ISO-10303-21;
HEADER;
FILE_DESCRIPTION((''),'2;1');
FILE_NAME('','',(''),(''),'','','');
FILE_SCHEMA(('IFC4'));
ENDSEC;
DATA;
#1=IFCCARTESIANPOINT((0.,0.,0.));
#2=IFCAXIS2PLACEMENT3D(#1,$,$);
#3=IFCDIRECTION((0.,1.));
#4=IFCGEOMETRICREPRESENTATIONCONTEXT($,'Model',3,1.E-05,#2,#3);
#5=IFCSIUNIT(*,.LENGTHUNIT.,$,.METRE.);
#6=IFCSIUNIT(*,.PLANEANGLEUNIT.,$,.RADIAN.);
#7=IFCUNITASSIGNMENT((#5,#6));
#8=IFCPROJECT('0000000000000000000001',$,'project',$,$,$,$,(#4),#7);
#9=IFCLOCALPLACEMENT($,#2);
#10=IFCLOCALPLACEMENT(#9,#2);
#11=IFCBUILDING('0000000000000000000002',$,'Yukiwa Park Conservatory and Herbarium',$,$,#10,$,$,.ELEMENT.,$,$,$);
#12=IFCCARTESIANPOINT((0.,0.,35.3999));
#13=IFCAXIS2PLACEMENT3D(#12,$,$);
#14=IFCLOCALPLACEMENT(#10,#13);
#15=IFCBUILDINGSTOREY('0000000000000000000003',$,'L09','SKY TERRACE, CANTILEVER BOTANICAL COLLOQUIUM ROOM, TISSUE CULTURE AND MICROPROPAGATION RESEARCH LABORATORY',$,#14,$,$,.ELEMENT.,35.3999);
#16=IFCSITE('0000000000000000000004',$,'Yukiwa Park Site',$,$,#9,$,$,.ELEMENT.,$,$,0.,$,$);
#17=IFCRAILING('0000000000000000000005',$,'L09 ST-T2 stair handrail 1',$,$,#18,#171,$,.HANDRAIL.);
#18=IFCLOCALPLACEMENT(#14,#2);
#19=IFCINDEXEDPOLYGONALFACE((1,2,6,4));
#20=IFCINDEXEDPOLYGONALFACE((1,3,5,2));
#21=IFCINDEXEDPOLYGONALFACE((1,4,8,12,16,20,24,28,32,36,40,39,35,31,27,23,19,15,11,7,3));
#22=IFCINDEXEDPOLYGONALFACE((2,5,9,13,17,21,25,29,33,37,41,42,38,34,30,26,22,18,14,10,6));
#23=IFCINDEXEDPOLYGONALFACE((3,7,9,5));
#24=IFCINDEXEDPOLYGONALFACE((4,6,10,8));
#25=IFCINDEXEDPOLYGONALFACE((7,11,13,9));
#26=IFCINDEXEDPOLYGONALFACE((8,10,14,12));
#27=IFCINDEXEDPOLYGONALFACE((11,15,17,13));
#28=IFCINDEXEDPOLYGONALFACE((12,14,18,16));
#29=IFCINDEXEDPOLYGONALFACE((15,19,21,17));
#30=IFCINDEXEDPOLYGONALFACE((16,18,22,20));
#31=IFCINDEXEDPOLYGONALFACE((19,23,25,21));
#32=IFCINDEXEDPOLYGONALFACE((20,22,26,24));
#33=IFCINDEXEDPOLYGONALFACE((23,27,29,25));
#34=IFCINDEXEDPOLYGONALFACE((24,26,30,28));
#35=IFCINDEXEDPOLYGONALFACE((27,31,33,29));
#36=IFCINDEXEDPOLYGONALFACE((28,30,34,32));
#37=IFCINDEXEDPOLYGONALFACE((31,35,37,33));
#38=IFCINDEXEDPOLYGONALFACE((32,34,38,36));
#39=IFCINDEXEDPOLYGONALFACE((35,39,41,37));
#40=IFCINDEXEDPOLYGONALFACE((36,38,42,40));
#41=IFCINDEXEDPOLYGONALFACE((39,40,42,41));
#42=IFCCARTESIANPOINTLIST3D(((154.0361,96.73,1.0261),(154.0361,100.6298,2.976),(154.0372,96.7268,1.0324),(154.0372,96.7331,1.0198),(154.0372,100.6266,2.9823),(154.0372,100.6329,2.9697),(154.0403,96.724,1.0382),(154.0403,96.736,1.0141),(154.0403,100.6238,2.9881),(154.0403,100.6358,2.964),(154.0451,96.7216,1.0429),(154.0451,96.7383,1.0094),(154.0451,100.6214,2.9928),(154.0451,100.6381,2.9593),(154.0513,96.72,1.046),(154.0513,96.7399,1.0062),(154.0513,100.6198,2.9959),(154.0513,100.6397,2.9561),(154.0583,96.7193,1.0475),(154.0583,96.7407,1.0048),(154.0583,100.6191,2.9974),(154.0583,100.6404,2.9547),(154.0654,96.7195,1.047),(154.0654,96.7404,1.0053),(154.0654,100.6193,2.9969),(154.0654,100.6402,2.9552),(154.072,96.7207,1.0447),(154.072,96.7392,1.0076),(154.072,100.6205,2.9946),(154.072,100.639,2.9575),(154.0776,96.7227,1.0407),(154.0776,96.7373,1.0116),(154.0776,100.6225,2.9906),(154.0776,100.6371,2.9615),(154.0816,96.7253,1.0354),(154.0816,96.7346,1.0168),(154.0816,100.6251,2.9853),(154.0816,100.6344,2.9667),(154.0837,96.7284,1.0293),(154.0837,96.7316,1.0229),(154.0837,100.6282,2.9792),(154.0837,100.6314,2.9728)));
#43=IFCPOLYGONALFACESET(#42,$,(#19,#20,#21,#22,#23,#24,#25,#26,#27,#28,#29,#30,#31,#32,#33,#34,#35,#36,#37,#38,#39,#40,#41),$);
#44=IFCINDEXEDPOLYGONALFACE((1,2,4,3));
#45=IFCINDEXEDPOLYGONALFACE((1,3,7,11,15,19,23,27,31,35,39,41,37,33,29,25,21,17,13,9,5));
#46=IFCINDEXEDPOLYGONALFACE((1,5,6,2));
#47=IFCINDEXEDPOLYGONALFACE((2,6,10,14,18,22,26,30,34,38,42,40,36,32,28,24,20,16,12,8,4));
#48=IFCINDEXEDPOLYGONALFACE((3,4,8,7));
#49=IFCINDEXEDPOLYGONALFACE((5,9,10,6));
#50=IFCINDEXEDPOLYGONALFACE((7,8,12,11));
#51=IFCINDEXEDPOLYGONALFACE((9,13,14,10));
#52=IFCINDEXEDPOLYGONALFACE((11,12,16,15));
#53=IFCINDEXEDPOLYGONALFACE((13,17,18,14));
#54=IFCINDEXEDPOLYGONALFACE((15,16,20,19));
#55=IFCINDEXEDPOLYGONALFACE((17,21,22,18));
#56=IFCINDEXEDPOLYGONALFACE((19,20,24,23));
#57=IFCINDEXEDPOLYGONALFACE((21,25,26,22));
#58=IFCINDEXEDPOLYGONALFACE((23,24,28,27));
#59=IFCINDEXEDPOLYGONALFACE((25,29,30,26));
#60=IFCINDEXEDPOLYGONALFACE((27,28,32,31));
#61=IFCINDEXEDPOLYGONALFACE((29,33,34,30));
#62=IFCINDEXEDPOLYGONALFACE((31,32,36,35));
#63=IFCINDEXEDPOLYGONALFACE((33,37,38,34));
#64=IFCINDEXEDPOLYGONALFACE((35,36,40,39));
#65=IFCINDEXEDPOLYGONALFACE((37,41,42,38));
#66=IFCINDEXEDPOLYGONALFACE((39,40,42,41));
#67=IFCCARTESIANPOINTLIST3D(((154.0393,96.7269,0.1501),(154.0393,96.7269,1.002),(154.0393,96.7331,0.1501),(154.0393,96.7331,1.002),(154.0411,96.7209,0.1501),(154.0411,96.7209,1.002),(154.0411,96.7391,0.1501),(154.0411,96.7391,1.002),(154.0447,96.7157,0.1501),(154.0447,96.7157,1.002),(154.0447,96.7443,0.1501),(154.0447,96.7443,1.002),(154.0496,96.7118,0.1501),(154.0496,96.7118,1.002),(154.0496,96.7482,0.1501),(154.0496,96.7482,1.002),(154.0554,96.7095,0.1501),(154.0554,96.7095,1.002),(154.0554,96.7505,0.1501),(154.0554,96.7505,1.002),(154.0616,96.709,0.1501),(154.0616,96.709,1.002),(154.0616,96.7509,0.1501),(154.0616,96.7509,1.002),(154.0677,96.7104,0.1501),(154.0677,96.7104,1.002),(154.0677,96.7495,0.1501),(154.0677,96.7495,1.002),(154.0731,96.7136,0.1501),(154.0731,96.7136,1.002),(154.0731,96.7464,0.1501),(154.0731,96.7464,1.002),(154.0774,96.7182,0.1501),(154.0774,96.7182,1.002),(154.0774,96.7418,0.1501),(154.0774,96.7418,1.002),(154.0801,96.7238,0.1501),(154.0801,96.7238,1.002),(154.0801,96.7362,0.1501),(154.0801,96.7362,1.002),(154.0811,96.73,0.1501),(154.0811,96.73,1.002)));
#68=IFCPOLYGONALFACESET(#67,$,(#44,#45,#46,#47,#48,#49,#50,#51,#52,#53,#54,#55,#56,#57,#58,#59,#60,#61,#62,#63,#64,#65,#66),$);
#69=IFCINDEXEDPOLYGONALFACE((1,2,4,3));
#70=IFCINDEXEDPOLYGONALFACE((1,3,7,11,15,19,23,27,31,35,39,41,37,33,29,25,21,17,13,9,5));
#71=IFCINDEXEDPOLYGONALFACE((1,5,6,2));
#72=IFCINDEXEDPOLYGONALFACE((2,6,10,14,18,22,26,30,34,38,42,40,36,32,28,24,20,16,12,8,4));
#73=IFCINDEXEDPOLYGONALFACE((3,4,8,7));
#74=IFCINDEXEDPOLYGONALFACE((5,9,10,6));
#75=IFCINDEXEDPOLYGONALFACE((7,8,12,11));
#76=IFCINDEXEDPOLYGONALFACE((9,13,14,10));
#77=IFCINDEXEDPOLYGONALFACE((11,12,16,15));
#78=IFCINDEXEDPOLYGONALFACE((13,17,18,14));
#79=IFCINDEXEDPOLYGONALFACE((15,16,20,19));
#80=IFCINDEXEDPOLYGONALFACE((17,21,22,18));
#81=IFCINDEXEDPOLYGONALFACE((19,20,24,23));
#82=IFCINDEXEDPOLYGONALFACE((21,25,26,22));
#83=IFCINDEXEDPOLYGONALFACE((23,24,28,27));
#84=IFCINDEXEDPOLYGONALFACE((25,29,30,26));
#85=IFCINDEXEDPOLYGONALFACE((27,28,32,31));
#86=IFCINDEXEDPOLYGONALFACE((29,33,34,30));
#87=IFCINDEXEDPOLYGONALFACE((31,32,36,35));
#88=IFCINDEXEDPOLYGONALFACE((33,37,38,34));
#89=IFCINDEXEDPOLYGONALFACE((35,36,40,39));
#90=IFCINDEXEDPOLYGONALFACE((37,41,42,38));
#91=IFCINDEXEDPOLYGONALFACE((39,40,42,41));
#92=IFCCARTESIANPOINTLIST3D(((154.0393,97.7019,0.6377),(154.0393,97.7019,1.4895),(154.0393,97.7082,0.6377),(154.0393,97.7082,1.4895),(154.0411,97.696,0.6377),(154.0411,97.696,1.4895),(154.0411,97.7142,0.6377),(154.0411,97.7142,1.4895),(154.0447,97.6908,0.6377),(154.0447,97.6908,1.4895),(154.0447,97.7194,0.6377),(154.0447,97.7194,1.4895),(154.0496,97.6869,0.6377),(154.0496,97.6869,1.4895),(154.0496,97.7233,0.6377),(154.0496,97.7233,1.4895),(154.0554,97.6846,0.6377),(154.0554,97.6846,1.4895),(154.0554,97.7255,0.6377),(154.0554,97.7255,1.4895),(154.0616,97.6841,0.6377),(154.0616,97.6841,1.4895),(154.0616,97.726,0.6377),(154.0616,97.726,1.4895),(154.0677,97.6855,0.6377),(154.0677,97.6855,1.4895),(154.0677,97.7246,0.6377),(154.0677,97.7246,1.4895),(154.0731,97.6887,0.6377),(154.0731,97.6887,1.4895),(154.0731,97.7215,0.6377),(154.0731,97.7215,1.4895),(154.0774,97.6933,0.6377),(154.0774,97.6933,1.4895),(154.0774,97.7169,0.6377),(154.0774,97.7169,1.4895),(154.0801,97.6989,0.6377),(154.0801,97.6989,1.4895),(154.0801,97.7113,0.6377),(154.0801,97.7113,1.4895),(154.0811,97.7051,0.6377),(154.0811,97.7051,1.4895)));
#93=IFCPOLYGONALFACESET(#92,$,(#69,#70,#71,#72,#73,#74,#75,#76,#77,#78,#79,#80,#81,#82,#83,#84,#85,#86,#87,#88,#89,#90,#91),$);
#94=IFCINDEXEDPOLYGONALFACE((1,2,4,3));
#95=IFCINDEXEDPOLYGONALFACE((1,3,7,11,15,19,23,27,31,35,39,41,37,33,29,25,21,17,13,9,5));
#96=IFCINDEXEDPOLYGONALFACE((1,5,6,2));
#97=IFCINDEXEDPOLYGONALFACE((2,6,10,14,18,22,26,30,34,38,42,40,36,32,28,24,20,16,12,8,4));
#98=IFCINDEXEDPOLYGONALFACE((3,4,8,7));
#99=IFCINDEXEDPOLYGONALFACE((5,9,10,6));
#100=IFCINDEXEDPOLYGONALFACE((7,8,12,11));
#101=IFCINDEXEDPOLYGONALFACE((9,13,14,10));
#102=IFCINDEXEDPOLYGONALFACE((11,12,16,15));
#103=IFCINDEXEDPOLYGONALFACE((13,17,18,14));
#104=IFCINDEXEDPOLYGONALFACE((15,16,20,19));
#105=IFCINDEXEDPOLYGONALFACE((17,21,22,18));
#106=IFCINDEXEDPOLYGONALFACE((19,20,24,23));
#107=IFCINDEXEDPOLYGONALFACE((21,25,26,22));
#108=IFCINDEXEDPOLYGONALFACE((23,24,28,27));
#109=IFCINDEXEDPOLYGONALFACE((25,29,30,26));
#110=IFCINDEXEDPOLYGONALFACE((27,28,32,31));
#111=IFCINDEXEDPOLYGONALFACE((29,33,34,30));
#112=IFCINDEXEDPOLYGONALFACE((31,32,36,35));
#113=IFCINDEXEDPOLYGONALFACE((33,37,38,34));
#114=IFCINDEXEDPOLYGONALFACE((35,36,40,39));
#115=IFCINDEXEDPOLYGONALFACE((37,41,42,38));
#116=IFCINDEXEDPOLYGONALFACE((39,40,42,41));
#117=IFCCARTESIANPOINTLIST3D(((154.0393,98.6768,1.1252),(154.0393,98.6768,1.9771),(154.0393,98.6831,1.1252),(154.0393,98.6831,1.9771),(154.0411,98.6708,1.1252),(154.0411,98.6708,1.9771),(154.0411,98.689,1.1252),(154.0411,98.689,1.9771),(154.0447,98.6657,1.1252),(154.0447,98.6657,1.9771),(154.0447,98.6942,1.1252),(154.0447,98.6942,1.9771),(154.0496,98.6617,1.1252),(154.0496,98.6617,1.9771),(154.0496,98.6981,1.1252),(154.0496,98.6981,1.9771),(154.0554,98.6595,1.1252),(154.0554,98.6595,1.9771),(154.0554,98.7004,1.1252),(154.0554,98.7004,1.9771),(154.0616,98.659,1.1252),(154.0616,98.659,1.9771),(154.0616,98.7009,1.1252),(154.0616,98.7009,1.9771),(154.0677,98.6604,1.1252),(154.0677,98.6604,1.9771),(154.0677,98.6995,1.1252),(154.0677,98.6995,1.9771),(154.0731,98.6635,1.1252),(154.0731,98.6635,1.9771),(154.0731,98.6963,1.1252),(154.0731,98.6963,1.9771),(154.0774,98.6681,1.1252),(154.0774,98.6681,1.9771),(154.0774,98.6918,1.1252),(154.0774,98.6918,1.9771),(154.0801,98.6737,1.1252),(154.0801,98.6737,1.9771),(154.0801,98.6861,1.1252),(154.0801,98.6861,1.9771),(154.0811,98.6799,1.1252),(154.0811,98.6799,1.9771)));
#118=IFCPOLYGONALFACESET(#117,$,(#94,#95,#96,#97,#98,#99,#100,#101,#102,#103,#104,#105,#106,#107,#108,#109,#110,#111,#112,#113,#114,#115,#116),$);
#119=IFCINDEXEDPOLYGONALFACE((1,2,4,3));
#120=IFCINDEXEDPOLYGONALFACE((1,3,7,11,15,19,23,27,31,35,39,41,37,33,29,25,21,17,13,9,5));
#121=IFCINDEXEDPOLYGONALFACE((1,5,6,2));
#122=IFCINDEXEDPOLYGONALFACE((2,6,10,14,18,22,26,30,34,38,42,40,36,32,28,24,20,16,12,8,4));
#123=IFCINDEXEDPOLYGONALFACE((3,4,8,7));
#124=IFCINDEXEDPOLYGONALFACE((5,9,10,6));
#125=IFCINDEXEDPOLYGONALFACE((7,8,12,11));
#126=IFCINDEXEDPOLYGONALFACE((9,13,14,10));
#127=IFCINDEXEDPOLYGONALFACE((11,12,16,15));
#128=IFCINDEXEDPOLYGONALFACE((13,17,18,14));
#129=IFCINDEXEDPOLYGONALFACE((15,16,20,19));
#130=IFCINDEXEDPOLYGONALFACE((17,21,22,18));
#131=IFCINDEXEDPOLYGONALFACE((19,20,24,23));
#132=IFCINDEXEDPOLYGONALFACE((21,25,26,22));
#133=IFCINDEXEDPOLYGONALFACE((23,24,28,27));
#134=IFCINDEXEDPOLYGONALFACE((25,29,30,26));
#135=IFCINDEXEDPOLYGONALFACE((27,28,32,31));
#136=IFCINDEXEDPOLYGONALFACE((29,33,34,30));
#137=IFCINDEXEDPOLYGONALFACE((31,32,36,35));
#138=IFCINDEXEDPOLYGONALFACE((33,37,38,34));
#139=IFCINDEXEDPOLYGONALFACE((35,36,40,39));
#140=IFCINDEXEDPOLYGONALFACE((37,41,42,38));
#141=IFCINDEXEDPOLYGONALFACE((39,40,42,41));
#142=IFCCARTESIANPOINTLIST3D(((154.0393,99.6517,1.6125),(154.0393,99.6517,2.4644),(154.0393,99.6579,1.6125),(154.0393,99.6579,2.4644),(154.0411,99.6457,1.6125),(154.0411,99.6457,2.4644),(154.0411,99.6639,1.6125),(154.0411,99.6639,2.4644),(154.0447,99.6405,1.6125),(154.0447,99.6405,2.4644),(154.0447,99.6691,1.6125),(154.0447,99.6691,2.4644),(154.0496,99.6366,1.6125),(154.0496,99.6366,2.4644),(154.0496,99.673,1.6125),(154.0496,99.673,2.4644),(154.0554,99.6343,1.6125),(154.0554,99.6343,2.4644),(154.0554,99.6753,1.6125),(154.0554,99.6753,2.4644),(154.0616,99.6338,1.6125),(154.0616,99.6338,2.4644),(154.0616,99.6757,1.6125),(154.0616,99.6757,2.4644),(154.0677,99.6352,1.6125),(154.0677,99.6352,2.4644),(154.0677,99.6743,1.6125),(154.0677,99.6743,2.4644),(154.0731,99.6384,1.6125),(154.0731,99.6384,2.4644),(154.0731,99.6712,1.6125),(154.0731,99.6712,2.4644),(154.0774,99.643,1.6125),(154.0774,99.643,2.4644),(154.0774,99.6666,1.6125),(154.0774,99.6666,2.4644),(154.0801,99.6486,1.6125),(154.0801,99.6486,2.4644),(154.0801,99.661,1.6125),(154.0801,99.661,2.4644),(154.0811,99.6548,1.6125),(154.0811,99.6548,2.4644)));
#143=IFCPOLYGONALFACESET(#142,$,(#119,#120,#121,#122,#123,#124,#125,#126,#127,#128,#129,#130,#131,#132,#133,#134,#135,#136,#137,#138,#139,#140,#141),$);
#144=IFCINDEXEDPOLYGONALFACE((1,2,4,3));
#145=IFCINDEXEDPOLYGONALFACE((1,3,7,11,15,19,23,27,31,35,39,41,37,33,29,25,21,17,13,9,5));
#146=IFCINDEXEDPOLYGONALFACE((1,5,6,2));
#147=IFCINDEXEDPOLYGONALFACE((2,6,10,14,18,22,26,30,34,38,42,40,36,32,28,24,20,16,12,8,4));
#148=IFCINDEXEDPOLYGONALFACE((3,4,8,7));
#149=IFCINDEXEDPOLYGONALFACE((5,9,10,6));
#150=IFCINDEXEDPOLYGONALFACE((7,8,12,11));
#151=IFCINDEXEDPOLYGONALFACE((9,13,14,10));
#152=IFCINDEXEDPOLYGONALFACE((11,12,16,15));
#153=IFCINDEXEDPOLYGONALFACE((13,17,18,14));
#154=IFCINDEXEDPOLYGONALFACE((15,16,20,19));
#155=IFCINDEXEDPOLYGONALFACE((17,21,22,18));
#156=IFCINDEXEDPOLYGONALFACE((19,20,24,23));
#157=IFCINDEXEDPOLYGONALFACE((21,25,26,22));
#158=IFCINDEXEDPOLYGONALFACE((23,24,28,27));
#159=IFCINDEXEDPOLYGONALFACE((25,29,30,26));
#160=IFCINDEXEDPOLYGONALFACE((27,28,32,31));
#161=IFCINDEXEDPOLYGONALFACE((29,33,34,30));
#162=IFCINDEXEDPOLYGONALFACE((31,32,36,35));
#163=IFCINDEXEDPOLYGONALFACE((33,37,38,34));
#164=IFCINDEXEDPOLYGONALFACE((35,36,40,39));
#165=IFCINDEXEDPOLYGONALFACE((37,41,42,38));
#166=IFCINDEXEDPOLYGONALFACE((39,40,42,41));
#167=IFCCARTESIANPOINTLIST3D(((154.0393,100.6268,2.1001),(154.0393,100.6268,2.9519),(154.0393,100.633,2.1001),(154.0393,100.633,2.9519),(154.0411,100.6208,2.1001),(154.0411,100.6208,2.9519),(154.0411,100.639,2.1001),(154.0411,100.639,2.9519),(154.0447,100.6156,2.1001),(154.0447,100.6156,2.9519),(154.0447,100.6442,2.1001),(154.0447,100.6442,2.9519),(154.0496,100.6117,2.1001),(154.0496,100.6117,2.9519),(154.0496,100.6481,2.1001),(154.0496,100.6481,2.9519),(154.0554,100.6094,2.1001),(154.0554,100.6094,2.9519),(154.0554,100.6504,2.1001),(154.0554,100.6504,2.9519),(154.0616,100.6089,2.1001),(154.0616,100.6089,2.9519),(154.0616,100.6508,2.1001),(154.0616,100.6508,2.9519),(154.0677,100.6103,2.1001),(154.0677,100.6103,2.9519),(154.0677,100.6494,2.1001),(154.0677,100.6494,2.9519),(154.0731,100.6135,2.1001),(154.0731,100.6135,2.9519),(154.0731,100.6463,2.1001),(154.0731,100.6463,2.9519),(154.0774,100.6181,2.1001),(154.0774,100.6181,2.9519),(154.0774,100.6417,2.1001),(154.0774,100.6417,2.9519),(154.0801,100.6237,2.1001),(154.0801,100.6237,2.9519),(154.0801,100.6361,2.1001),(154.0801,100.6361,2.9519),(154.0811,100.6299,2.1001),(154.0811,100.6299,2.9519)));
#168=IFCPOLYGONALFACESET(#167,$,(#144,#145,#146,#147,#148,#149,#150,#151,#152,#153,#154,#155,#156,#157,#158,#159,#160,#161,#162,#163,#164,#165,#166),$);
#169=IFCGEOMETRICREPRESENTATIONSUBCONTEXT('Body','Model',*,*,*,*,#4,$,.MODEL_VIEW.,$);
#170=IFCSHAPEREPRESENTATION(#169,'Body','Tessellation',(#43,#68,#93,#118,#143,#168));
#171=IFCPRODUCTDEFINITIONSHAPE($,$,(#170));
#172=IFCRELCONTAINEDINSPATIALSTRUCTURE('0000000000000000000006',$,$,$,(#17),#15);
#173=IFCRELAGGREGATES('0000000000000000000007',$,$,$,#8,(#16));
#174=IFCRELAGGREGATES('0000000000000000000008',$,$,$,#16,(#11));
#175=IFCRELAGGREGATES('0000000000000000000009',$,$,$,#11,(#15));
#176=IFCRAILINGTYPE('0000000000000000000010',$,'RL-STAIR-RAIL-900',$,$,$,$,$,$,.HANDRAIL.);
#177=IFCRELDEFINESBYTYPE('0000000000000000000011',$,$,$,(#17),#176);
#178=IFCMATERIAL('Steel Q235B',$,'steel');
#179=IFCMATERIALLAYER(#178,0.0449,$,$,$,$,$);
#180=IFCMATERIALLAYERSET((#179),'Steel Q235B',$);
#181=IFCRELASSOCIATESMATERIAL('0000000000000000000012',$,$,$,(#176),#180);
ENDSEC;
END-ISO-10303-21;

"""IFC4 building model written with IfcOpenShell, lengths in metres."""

from ifc_helpers import new_model, si_unit, direction, frame, origin, origin_2d, place, context, subcontext, project, spatial, circle, extrude, material, layer, layer_set, type_object, element, save


model = new_model("IFC4")

# Units and contexts
model_context = context("Model", 3, precision=1e-05, world=origin(), true_north=direction((0.0, 1.0)))
body_context = subcontext(model_context, "Body", "Model", "MODEL_VIEW")
ifc_project = project(units=[si_unit("LENGTHUNIT", "METRE"), si_unit("PLANEANGLEUNIT", "RADIAN")], contexts=[model_context])

# Site, building, storey
site_placement = place(None, origin())
site = spatial("IfcSite", under=ifc_project, at=site_placement, Name="Yukiwa Park Site", CompositionType="ELEMENT", RefElevation=0.0)
building_placement = place(site_placement, origin())
building = spatial("IfcBuilding", under=site, at=building_placement, Name="Yukiwa Park Conservatory and Herbarium", CompositionType="ELEMENT")
storey_placement = place(building_placement, frame((0.0, 0.0, 35.3999)))
storey = spatial("IfcBuildingStorey", under=building, at=storey_placement, Name="L09", Description="SKY TERRACE, CANTILEVER BOTANICAL COLLOQUIUM ROOM, TISSUE CULTURE AND MICROPROPAGATION RESEARCH LABORATORY", CompositionType="ELEMENT", Elevation=35.3999)

# Railing
ifc_material_1 = material(Name="Steel Q235B", Category="steel")
ifc_layer_1 = layer(ifc_material_1, 0.0449)
ifc_layer_set_1 = layer_set([ifc_layer_1], Name="Steel Q235B")
railing_type_1 = type_object("IfcRailingType", Name="RL-STAIR-RAIL-900", PredefinedType="HANDRAIL", material=ifc_layer_set_1)
railing_1_placement = place(storey_placement, frame((154.0601, 96.73, 0.1501)))
element("IfcRailing", 1, at=railing_1_placement, inside=storey, type_object=railing_type_1, Name="L09 ST-T2 stair handrail 1", PredefinedType="HANDRAIL", context=body_context, shape_type="SweptSolid", body=[
    extrude(circle(Radius=0.0239, at=origin_2d()), frame((0.0, 0.0, 0.876), z_axis=(0.0, 0.894427, 0.447214), x_axis=(-1.0, 0.0, 0.0)), (0.0, 0.0, 1.0), 4.3601),
    extrude(circle(Radius=0.021, at=origin_2d()), origin(), (0.0, 0.0, 1.0), 0.8518),
    extrude(circle(Radius=0.021, at=origin_2d()), frame((0.0, 0.9751, 0.4875)), (0.0, 0.0, 1.0), 0.8518),
    extrude(circle(Radius=0.021, at=origin_2d()), frame((0.0, 1.95, 0.9751)), (0.0, 0.0, 1.0), 0.8518),
    extrude(circle(Radius=0.021, at=origin_2d()), frame((0.0, 2.9248, 1.4624)), (0.0, 0.0, 1.0), 0.8518),
    extrude(circle(Radius=0.021, at=origin_2d()), frame((0.0, 3.8999, 1.95)), (0.0, 0.0, 1.0), 0.8518),
])

save(model, "model.ifc")
